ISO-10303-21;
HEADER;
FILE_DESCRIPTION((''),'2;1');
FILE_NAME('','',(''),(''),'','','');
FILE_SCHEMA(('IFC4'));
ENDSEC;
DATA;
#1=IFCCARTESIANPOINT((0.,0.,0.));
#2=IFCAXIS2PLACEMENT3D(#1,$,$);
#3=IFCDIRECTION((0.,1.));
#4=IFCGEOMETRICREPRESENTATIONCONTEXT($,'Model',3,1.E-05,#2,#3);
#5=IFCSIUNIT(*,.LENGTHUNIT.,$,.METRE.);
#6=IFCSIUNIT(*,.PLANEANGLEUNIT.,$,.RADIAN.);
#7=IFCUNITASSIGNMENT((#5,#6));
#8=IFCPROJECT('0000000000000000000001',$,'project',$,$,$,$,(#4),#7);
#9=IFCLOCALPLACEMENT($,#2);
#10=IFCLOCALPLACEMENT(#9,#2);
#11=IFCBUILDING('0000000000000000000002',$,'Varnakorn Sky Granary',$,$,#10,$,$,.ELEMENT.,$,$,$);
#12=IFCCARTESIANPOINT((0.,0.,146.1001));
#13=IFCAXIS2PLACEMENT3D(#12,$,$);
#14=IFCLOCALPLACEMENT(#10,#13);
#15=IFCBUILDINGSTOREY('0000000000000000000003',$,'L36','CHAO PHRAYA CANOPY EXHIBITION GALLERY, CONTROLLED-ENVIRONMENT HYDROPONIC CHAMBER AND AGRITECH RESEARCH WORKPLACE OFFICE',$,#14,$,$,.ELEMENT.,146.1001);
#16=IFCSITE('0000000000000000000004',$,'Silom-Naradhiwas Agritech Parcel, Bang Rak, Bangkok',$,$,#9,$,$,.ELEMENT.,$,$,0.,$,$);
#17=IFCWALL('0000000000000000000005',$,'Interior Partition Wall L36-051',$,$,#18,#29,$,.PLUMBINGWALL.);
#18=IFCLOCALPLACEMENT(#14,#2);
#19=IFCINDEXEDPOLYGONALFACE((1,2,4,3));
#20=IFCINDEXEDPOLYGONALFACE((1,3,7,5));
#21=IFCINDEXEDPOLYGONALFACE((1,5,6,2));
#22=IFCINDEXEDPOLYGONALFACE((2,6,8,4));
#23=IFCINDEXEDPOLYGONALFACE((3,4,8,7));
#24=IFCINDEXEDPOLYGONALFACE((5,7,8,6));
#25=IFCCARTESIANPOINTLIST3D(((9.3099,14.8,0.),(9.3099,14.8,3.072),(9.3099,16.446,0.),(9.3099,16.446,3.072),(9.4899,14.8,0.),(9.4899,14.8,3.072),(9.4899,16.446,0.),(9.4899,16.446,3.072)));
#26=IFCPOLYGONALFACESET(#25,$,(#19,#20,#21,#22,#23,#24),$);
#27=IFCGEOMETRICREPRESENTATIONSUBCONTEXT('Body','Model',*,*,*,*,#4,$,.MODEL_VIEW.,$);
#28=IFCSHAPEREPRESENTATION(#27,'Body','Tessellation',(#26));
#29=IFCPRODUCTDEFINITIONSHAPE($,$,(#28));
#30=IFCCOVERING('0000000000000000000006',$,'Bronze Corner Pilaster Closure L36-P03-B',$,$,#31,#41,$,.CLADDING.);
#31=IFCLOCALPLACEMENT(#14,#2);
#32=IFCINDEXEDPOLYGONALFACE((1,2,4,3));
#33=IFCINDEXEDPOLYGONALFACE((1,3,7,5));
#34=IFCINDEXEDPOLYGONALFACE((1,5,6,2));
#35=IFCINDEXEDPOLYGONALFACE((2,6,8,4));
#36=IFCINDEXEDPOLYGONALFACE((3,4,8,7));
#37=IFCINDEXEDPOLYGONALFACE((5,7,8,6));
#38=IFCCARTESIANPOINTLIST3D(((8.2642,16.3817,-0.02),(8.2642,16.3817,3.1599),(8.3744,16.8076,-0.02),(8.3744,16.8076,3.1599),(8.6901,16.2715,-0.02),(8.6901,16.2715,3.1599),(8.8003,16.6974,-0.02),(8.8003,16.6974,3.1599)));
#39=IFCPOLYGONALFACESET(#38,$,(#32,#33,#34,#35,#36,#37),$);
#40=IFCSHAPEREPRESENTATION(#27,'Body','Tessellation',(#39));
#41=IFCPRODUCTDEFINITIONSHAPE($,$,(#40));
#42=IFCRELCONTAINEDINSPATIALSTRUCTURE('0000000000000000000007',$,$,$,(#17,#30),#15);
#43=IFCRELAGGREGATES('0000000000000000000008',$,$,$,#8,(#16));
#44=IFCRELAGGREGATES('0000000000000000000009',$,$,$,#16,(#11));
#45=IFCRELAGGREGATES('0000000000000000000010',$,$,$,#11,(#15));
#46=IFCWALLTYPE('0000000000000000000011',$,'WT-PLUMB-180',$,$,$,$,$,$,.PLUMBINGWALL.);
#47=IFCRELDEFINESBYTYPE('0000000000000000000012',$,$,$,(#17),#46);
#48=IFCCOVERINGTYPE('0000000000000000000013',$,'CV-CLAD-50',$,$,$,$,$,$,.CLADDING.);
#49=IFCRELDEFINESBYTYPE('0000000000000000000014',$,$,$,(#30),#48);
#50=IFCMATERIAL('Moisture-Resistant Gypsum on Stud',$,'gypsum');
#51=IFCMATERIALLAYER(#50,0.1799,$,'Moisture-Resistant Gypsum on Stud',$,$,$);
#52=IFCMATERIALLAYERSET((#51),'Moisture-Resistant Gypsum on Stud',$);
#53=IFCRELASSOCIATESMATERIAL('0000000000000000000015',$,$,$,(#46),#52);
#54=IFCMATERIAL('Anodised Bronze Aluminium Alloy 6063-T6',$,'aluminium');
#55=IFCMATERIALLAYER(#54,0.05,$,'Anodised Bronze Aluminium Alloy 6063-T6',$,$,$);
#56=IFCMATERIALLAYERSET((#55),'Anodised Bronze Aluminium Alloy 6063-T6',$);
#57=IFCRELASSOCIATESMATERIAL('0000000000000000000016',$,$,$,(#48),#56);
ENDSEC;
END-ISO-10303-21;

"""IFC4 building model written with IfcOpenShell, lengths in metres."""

from ifc_helpers import new_model, si_unit, direction, frame, frame_2d, origin, origin_2d, place, context, subcontext, project, spatial, rectangle, extrude, source, transform, mapped, material, layer, layer_set, type_object, type_shapes, element, save


model = new_model("IFC4")

# Units and contexts
model_context = context("Model", 3, precision=1e-05, world=origin(), true_north=direction((0.0, 1.0)))
body_context = subcontext(model_context, "Body", "Model", "MODEL_VIEW")
ifc_project = project(units=[si_unit("LENGTHUNIT", "METRE"), si_unit("PLANEANGLEUNIT", "RADIAN")], contexts=[model_context])

# Site, building, storey
site_placement = place(None, origin())
site = spatial("IfcSite", under=ifc_project, at=site_placement, Name="Silom-Naradhiwas Agritech Parcel, Bang Rak, Bangkok", CompositionType="ELEMENT", RefElevation=0.0)
building_placement = place(site_placement, origin())
building = spatial("IfcBuilding", under=site, at=building_placement, Name="Varnakorn Sky Granary", CompositionType="ELEMENT")
storey_placement = place(building_placement, frame((0.0, 0.0, 146.1001)))
storey = spatial("IfcBuildingStorey", under=building, at=storey_placement, Name="L36", Description="CHAO PHRAYA CANOPY EXHIBITION GALLERY, CONTROLLED-ENVIRONMENT HYDROPONIC CHAMBER AND AGRITECH RESEARCH WORKPLACE OFFICE", CompositionType="ELEMENT", Elevation=146.1001)

# Shared definitions
ifc_material_1 = material(Name="Anodised Bronze Aluminium Alloy 6063-T6", Category="aluminium")

# Shared definitions
ifc_material_2 = material(Name="Moisture-Resistant Gypsum on Stud", Category="gypsum")
ifc_layer_1 = layer(ifc_material_2, 0.1799, Name="Moisture-Resistant Gypsum on Stud")
ifc_layer_set_1 = layer_set([ifc_layer_1], Name="Moisture-Resistant Gypsum on Stud")
wall_type_1 = type_object("IfcWallType", Name="WT-PLUMB-180", PredefinedType="PLUMBINGWALL", material=ifc_layer_set_1)

# Wall
wall_1_placement = place(storey_placement, frame((9.3999, 14.8, 0.0), z_axis=(0.0, 0.0, 1.0), x_axis=(0.0, 1.0, 0.0)))
element("IfcWall", 1, at=wall_1_placement, inside=storey, type_object=wall_type_1, Name="Interior Partition Wall L36-051", PredefinedType="PLUMBINGWALL", context=body_context, shape_type="SweptSolid", body=[
    extrude(rectangle(XDim=1.646, YDim=0.1799, at=frame_2d((0.823, 0.0))), origin(), (0.0, 0.0, 1.0), 3.072),
])

# Covering
ifc_layer_2 = layer(ifc_material_1, 0.05, Name="Anodised Bronze Aluminium Alloy 6063-T6")
ifc_layer_set_2 = layer_set([ifc_layer_2], Name="Anodised Bronze Aluminium Alloy 6063-T6")
covering_type = type_object("IfcCoveringType", Name="CV-CLAD-50", PredefinedType="CLADDING", material=ifc_layer_set_2)
shared_shape = source(origin(), body_context, "Body", "SweptSolid", [
    extrude(rectangle(XDim=0.4399, YDim=0.4399, at=origin_2d()), origin(), (0.0, 0.0, 1.0), 3.1799),
])
type_shapes(covering_type, [shared_shape])
covering_placement = place(storey_placement, frame((8.5322, 16.5396, -0.02), z_axis=(0.0, 0.0, 1.0), x_axis=(0.968104, -0.250549, 0.0)))
element("IfcCovering", 2, at=covering_placement, inside=storey, type_object=covering_type, Name="Bronze Corner Pilaster Closure L36-P03-B", PredefinedType="CLADDING", context=body_context, shape_type="MappedRepresentation", body=[
    mapped(shared_shape, transform((0.0, 0.0, 0.0), x_axis=(1.0, 0.0, 0.0), y_axis=(0.0, 1.0, 0.0), z_axis=(0.0, 0.0, 1.0), scale=1.0)),
])

save(model, "model.ifc")
